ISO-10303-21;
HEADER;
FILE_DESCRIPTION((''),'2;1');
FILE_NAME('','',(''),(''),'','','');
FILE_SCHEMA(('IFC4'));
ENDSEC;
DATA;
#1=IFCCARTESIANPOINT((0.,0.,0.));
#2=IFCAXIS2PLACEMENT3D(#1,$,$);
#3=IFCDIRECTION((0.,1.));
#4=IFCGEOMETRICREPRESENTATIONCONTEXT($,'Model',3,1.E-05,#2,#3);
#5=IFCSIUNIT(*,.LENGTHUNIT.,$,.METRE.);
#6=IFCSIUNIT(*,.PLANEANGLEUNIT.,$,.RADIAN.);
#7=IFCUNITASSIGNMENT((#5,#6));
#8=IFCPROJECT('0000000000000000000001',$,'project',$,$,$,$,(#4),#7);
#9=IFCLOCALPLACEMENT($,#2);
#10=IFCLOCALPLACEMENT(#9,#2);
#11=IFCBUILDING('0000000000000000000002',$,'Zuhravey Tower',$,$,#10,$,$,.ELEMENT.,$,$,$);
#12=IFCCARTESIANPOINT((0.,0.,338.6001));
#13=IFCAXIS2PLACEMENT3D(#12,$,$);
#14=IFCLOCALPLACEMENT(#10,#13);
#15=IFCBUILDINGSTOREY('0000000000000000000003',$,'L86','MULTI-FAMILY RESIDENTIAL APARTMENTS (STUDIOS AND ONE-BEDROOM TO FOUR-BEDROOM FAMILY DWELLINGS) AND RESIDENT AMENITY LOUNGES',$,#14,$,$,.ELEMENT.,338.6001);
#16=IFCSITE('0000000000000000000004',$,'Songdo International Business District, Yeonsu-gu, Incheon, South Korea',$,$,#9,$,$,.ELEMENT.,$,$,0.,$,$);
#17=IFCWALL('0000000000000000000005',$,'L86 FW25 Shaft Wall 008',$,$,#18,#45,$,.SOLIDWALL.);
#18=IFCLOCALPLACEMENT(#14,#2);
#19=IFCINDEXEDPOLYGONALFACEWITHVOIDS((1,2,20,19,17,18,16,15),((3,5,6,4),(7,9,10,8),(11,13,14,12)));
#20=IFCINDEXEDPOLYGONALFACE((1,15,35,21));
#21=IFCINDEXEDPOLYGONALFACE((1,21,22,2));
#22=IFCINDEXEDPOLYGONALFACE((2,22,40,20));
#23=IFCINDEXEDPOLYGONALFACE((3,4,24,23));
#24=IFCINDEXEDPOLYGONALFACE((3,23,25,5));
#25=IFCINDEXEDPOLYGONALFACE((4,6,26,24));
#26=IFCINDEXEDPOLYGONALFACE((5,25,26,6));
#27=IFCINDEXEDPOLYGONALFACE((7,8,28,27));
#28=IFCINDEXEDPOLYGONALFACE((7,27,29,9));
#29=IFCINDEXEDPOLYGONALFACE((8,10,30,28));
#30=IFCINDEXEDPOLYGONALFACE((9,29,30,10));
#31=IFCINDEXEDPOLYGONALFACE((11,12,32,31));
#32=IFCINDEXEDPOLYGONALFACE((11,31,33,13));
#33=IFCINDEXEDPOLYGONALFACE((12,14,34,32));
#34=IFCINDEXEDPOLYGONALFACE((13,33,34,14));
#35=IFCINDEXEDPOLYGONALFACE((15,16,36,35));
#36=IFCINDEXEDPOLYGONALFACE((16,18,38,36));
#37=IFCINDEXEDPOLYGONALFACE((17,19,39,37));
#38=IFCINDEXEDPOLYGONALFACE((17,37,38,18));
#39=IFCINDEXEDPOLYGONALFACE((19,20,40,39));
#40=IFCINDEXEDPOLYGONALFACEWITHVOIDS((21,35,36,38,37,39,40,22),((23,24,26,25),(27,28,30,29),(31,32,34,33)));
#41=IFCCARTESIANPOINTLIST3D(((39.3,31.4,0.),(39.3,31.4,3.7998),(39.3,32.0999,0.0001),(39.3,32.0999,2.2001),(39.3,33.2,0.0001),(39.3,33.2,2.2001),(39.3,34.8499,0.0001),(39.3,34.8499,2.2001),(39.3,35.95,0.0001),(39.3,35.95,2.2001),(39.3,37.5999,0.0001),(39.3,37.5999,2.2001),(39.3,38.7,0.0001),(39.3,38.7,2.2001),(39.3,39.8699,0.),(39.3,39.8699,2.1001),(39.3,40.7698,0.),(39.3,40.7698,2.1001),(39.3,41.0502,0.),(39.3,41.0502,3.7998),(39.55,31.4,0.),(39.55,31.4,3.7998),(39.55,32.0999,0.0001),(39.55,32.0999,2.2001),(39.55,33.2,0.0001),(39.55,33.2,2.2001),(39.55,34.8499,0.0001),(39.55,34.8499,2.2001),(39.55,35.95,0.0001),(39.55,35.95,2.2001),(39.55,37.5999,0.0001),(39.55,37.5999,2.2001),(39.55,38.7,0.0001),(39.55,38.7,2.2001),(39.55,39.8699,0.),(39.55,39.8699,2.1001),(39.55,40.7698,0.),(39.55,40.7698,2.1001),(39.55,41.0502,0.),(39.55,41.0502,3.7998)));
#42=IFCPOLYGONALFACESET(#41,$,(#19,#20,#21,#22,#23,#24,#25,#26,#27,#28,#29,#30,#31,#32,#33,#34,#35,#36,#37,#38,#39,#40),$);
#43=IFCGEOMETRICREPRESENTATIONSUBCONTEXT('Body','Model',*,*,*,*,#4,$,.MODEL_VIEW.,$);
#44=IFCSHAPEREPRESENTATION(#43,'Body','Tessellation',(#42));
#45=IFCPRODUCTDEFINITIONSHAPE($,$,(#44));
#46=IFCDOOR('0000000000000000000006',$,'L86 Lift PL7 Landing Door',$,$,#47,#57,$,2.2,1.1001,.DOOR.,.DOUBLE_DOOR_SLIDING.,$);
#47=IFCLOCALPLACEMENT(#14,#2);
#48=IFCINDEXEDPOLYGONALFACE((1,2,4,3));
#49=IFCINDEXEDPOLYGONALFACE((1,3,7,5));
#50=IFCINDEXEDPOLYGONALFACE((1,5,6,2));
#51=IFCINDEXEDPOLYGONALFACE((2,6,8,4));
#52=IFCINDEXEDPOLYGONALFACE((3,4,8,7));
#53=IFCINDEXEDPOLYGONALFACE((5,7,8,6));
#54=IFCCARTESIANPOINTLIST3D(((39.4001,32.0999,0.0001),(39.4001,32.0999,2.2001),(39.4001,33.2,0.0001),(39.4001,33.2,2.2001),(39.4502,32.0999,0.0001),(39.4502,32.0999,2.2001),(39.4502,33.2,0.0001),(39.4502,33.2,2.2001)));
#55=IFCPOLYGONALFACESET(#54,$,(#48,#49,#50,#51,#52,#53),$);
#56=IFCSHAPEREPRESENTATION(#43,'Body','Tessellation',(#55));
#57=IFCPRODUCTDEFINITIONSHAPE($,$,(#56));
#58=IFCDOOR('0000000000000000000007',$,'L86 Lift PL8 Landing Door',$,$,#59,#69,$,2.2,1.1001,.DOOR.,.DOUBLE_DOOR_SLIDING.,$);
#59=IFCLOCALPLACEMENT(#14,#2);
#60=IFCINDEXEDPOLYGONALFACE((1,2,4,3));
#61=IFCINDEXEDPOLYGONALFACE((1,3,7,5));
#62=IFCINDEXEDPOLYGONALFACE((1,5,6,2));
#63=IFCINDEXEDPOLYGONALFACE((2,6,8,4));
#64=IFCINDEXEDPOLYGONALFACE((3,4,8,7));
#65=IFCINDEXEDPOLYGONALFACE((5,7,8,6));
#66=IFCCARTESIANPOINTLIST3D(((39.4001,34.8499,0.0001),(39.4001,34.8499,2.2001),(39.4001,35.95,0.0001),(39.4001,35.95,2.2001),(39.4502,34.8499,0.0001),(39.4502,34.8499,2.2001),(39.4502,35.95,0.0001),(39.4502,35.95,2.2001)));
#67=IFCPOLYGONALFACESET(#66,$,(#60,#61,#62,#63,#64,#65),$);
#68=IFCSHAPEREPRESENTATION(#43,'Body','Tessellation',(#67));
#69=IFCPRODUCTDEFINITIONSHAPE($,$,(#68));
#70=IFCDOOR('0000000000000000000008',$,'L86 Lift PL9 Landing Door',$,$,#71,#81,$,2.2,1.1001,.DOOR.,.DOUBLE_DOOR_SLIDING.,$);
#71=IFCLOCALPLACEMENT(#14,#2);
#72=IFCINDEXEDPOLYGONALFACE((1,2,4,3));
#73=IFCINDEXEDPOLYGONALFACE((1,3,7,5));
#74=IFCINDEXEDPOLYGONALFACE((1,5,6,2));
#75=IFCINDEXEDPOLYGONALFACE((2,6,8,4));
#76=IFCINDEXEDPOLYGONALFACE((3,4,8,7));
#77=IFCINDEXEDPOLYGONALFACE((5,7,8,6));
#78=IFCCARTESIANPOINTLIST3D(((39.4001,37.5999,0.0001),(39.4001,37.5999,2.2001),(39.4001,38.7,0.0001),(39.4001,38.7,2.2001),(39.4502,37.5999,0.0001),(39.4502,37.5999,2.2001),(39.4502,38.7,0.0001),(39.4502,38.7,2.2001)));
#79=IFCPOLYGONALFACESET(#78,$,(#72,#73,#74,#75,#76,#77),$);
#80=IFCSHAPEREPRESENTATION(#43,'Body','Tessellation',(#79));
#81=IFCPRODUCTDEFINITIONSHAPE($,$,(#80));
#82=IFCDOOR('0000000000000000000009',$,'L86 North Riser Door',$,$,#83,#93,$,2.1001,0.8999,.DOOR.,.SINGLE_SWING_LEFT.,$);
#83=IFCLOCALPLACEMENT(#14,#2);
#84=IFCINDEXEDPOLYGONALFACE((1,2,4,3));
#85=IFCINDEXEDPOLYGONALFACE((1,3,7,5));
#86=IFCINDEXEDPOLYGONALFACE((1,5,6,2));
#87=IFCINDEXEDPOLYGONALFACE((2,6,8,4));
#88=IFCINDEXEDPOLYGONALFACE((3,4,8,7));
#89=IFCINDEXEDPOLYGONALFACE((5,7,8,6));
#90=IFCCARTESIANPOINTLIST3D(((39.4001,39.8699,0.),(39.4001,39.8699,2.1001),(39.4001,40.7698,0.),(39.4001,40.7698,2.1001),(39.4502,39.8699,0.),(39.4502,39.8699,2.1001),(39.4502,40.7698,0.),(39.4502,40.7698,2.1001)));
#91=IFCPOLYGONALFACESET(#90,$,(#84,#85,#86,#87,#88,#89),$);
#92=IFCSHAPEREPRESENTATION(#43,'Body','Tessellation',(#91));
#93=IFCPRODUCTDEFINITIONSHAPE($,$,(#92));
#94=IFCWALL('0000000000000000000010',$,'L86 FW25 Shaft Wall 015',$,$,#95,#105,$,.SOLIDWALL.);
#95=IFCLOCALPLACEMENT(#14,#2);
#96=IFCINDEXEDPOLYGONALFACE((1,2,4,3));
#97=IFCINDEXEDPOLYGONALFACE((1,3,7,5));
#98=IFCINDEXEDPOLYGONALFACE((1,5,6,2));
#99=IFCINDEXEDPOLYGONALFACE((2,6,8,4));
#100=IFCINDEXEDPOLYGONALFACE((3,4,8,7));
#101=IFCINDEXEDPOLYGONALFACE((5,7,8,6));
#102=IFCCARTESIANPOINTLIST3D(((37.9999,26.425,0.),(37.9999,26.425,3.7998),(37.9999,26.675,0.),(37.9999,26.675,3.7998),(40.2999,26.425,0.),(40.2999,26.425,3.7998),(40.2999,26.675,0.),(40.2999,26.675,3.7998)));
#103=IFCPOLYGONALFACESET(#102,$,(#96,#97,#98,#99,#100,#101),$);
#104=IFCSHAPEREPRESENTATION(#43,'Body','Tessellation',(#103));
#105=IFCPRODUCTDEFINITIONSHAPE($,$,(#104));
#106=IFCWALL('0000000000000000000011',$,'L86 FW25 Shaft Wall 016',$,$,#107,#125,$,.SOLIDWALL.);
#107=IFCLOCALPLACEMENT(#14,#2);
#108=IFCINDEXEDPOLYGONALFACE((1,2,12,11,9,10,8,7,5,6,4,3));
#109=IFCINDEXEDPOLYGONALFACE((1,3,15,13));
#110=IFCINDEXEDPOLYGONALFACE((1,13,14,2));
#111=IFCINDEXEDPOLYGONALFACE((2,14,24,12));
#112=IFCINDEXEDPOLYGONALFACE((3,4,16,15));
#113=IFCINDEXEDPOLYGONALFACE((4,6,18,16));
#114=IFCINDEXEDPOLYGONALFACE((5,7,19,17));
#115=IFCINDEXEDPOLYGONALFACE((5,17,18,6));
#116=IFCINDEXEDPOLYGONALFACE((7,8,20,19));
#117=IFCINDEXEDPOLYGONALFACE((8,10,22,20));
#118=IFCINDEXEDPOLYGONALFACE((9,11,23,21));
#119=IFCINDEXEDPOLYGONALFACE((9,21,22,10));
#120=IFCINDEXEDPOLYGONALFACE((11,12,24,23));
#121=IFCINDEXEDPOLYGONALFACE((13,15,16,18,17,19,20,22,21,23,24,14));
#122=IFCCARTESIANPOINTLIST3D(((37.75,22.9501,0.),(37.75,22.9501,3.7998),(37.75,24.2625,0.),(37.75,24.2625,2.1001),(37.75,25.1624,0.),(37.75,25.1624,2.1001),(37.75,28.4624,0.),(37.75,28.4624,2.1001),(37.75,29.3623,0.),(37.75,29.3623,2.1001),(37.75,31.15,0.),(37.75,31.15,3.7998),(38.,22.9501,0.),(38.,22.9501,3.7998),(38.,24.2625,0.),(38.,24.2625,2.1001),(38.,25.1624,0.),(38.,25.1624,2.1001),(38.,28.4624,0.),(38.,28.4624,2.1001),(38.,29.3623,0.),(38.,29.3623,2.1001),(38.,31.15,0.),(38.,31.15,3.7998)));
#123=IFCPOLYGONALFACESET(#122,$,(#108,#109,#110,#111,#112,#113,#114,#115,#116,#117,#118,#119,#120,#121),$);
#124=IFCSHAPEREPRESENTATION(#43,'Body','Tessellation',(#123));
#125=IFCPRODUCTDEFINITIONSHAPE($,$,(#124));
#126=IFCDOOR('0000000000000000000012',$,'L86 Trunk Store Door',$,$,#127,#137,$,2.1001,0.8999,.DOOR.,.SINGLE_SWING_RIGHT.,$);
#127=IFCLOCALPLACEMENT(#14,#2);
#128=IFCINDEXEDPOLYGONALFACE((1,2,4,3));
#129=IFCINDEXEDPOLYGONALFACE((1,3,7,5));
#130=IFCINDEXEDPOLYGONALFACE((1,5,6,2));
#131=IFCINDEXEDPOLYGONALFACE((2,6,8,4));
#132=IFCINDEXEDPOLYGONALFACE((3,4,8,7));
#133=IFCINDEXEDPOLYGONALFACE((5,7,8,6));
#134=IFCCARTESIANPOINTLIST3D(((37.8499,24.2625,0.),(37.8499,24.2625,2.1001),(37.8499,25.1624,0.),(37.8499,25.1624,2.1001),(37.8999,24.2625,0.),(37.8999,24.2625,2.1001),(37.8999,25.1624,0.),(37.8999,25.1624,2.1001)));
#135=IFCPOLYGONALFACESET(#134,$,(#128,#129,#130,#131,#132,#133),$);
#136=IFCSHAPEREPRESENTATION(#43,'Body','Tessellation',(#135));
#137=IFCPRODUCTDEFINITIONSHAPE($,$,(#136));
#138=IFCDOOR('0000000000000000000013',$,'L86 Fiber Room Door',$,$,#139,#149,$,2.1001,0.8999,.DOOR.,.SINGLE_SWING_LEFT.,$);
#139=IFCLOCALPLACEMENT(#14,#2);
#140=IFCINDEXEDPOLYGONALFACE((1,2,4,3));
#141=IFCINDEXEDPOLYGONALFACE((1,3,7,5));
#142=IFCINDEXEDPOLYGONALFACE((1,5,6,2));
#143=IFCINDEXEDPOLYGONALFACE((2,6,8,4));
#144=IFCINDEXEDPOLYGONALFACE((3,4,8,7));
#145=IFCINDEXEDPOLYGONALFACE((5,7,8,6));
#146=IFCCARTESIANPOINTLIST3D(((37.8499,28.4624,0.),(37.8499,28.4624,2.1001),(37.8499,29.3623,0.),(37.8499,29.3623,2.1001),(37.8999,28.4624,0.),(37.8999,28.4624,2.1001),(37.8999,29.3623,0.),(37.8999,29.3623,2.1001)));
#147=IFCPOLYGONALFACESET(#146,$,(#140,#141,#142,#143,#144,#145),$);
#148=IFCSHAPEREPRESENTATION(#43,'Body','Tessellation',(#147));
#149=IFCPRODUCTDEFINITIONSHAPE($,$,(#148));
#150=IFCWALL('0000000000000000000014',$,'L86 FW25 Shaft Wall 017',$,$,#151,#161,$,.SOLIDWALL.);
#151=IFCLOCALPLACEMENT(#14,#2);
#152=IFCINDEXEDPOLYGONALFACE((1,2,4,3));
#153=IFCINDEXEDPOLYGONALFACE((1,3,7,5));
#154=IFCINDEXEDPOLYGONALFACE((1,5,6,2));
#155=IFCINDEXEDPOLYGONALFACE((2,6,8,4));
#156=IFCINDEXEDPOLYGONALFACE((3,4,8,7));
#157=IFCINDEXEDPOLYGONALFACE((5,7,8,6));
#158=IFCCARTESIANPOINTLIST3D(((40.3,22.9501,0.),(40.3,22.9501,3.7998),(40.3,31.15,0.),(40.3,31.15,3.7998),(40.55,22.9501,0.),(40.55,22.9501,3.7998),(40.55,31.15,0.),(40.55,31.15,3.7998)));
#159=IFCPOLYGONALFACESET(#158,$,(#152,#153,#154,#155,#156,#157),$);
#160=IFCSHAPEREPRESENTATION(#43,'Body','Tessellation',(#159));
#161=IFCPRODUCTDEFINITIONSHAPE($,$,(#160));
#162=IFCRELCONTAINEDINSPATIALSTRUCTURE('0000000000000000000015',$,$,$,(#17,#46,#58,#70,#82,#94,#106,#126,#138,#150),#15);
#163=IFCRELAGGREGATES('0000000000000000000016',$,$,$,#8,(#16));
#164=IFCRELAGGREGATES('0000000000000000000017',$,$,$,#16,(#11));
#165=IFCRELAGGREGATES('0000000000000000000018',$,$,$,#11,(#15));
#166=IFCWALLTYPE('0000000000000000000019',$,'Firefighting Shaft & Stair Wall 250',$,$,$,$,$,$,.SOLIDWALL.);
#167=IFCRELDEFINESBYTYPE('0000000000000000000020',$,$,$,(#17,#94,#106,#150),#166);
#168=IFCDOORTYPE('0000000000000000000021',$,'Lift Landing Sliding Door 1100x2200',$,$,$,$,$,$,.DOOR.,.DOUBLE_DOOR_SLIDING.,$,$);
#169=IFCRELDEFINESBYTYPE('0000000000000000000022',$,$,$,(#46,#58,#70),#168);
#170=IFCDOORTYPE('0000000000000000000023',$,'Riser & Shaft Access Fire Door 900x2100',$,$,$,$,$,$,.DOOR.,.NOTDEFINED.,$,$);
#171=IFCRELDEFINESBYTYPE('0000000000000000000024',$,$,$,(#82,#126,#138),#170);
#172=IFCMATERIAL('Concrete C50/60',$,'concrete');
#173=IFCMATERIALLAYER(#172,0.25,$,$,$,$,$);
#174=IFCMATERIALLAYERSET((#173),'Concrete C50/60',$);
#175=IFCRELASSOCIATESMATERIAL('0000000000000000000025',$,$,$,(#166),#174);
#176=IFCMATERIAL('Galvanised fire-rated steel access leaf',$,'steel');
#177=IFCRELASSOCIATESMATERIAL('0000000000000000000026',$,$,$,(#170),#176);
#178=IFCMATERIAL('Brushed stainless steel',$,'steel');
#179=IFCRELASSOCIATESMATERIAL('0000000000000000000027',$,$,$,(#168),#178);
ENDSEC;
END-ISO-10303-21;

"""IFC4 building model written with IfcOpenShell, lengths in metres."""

from ifc_helpers import new_model, si_unit, direction, frame, frame_2d, origin, place, context, subcontext, project, spatial, rectangle, extrude, material, layer, layer_set, type_object, element, fill, save


model = new_model("IFC4")

# Units and contexts
model_context = context("Model", 3, precision=1e-05, world=origin(), true_north=direction((0.0, 1.0)))
body_context = subcontext(model_context, "Body", "Model", "MODEL_VIEW")
ifc_project = project(units=[si_unit("LENGTHUNIT", "METRE"), si_unit("PLANEANGLEUNIT", "RADIAN")], contexts=[model_context])

# Site, building, storey
site_placement = place(None, origin())
site = spatial("IfcSite", under=ifc_project, at=site_placement, Name="Songdo International Business District, Yeonsu-gu, Incheon, South Korea", CompositionType="ELEMENT", RefElevation=0.0)
building_placement = place(site_placement, origin())
building = spatial("IfcBuilding", under=site, at=building_placement, Name="Zuhravey Tower", CompositionType="ELEMENT")
storey_placement = place(building_placement, frame((0.0, 0.0, 338.6001)))
storey = spatial("IfcBuildingStorey", under=building, at=storey_placement, Name="L86", Description="MULTI-FAMILY RESIDENTIAL APARTMENTS (STUDIOS AND ONE-BEDROOM TO FOUR-BEDROOM FAMILY DWELLINGS) AND RESIDENT AMENITY LOUNGES", CompositionType="ELEMENT", Elevation=338.6001)

# Shared definitions
ifc_material_1 = material(Name="Concrete C50/60", Category="concrete")

# Shared definitions
ifc_layer_1 = layer(ifc_material_1, 0.25)
ifc_layer_set_1 = layer_set([ifc_layer_1], Name="Concrete C50/60")
wall_type_1 = type_object("IfcWallType", Name="Firefighting Shaft & Stair Wall 250", PredefinedType="SOLIDWALL", material=ifc_layer_set_1)

# Wall, openings, doors
ifc_material_2 = material(Name="Galvanised fire-rated steel access leaf", Category="steel")
door_type_1 = type_object("IfcDoorType", Name="Riser & Shaft Access Fire Door 900x2100", OperationType="NOTDEFINED", PredefinedType="DOOR", material=ifc_material_2)
wall_1_placement = place(storey_placement, frame((39.425, 31.3999, 0.0), z_axis=(0.0, 0.0, 1.0), x_axis=(0.0, 1.0, 0.0)))
wall_1 = element("IfcWall", 1, at=wall_1_placement, inside=storey, type_object=wall_type_1, Name="L86 FW25 Shaft Wall 008", PredefinedType="SOLIDWALL", context=body_context, shape_type="SweptSolid", body=[
    extrude(rectangle(XDim=9.6501, YDim=0.25, at=frame_2d((4.8252, 0.0))), origin(), (0.0, 0.0, 1.0), 3.7998),
])
opening_1_placement = place(wall_1_placement, frame((0.7, 0.0, 0.0)))
opening_1 = element("IfcOpeningElement", 2, at=opening_1_placement, cuts=wall_1, PredefinedType="OPENING", context=body_context, shape_type="SweptSolid", body=[
    extrude(rectangle(XDim=1.1001, YDim=2.2, at=frame_2d((0.55, 1.1001))), frame((0.0, 0.137, 0.0), z_axis=(0.0, -1.0, 0.0), x_axis=(1.0, 0.0, 0.0)), (0.0, 0.0, 1.0), 0.2739),
])
opening_2_placement = place(wall_1_placement, frame((3.45, 0.0, 0.0)))
opening_2 = element("IfcOpeningElement", 3, at=opening_2_placement, cuts=wall_1, PredefinedType="OPENING", context=body_context, shape_type="SweptSolid", body=[
    extrude(rectangle(XDim=1.1001, YDim=2.2, at=frame_2d((0.55, 1.1001))), frame((0.0, 0.137, 0.0), z_axis=(0.0, -1.0, 0.0), x_axis=(1.0, 0.0, 0.0)), (0.0, 0.0, 1.0), 0.2739),
])
opening_3_placement = place(wall_1_placement, frame((6.2, 0.0, 0.0)))
opening_3 = element("IfcOpeningElement", 4, at=opening_3_placement, cuts=wall_1, PredefinedType="OPENING", context=body_context, shape_type="SweptSolid", body=[
    extrude(rectangle(XDim=1.1001, YDim=2.2, at=frame_2d((0.55, 1.1001))), frame((0.0, 0.137, 0.0), z_axis=(0.0, -1.0, 0.0), x_axis=(1.0, 0.0, 0.0)), (0.0, 0.0, 1.0), 0.2739),
])
opening_4_placement = place(wall_1_placement, frame((8.47, 0.0, 0.0)))
opening_4 = element("IfcOpeningElement", 5, at=opening_4_placement, cuts=wall_1, PredefinedType="OPENING", context=body_context, shape_type="SweptSolid", body=[
    extrude(rectangle(XDim=0.8999, YDim=2.1001, at=frame_2d((0.45, 1.05))), frame((0.0, 0.137, 0.0), z_axis=(0.0, -1.0, 0.0), x_axis=(1.0, 0.0, 0.0)), (0.0, 0.0, 1.0), 0.2739),
])
ifc_material_3 = material(Name="Brushed stainless steel", Category="steel")
door_type_2 = type_object("IfcDoorType", Name="Lift Landing Sliding Door 1100x2200", OperationType="DOUBLE_DOOR_SLIDING", PredefinedType="DOOR", material=ifc_material_3)
door_1_placement = place(opening_1_placement, origin())
door_1 = element("IfcDoor", 6, at=door_1_placement, inside=storey, type_object=door_type_2, Name="L86 Lift PL7 Landing Door", OperationType="DOUBLE_DOOR_SLIDING", OverallHeight=2.2, OverallWidth=1.1001, PredefinedType="DOOR", context=body_context, shape_type="SweptSolid", body=[
    extrude(rectangle(XDim=1.1001, YDim=2.2, at=frame_2d((0.55, 1.1001))), frame((0.0, 0.0249, 0.0), z_axis=(0.0, -1.0, 0.0), x_axis=(1.0, 0.0, 0.0)), (0.0, 0.0, 1.0), 0.05),
])
fill(opening_1, door_1)
door_2_placement = place(opening_2_placement, origin())
door_2 = element("IfcDoor", 7, at=door_2_placement, inside=storey, type_object=door_type_2, Name="L86 Lift PL8 Landing Door", OperationType="DOUBLE_DOOR_SLIDING", OverallHeight=2.2, OverallWidth=1.1001, PredefinedType="DOOR", context=body_context, shape_type="SweptSolid", body=[
    extrude(rectangle(XDim=1.1001, YDim=2.2, at=frame_2d((0.55, 1.1001))), frame((0.0, 0.0249, 0.0), z_axis=(0.0, -1.0, 0.0), x_axis=(1.0, 0.0, 0.0)), (0.0, 0.0, 1.0), 0.05),
])
fill(opening_2, door_2)
door_3_placement = place(opening_3_placement, origin())
door_3 = element("IfcDoor", 8, at=door_3_placement, inside=storey, type_object=door_type_2, Name="L86 Lift PL9 Landing Door", OperationType="DOUBLE_DOOR_SLIDING", OverallHeight=2.2, OverallWidth=1.1001, PredefinedType="DOOR", context=body_context, shape_type="SweptSolid", body=[
    extrude(rectangle(XDim=1.1001, YDim=2.2, at=frame_2d((0.55, 1.1001))), frame((0.0, 0.0249, 0.0), z_axis=(0.0, -1.0, 0.0), x_axis=(1.0, 0.0, 0.0)), (0.0, 0.0, 1.0), 0.05),
])
fill(opening_3, door_3)
door_4_placement = place(opening_4_placement, origin())
door_4 = element("IfcDoor", 9, at=door_4_placement, inside=storey, type_object=door_type_1, Name="L86 North Riser Door", OperationType="SINGLE_SWING_LEFT", OverallHeight=2.1001, OverallWidth=0.8999, PredefinedType="DOOR", context=body_context, shape_type="SweptSolid", body=[
    extrude(rectangle(XDim=0.8999, YDim=2.1001, at=frame_2d((0.45, 1.05))), frame((0.0, 0.0249, 0.0), z_axis=(0.0, -1.0, 0.0), x_axis=(1.0, 0.0, 0.0)), (0.0, 0.0, 1.0), 0.05),
])
fill(opening_4, door_4)

# Wall
wall_2_placement = place(storey_placement, frame((38.0, 26.55, 0.0), z_axis=(0.0, 0.0, 1.0), x_axis=(1.0, 0.0, 0.0)))
element("IfcWall", 10, at=wall_2_placement, inside=storey, type_object=wall_type_1, Name="L86 FW25 Shaft Wall 015", PredefinedType="SOLIDWALL", context=body_context, shape_type="SweptSolid", body=[
    extrude(rectangle(XDim=2.3, YDim=0.25, at=frame_2d((1.1499, 0.0))), origin(), (0.0, 0.0, 1.0), 3.7998),
])

# Wall, openings, doors
wall_3_placement = place(storey_placement, frame((37.875, 22.95, 0.0), z_axis=(0.0, 0.0, 1.0), x_axis=(0.0, 1.0, 0.0)))
wall_3 = element("IfcWall", 11, at=wall_3_placement, inside=storey, type_object=wall_type_1, Name="L86 FW25 Shaft Wall 016", PredefinedType="SOLIDWALL", context=body_context, shape_type="SweptSolid", body=[
    extrude(rectangle(XDim=8.2, YDim=0.25, at=frame_2d((4.1001, 0.0))), origin(), (0.0, 0.0, 1.0), 3.7998),
])
opening_5_placement = place(wall_3_placement, frame((1.3125, 0.0, 0.0)))
opening_5 = element("IfcOpeningElement", 12, at=opening_5_placement, cuts=wall_3, PredefinedType="OPENING", context=body_context, shape_type="SweptSolid", body=[
    extrude(rectangle(XDim=0.8999, YDim=2.1001, at=frame_2d((0.45, 1.05))), frame((0.0, 0.137, 0.0), z_axis=(0.0, -1.0, 0.0), x_axis=(1.0, 0.0, 0.0)), (0.0, 0.0, 1.0), 0.2739),
])
opening_6_placement = place(wall_3_placement, frame((5.5125, 0.0, 0.0)))
opening_6 = element("IfcOpeningElement", 13, at=opening_6_placement, cuts=wall_3, PredefinedType="OPENING", context=body_context, shape_type="SweptSolid", body=[
    extrude(rectangle(XDim=0.8999, YDim=2.1001, at=frame_2d((0.45, 1.05))), frame((0.0, 0.137, 0.0), z_axis=(0.0, -1.0, 0.0), x_axis=(1.0, 0.0, 0.0)), (0.0, 0.0, 1.0), 0.2739),
])
door_5_placement = place(opening_5_placement, frame((0.8999, 0.0, 0.0), z_axis=(0.0, 0.0, 1.0), x_axis=(-1.0, 0.0, 0.0)))
door_5 = element("IfcDoor", 14, at=door_5_placement, inside=storey, type_object=door_type_1, Name="L86 Trunk Store Door", OperationType="SINGLE_SWING_RIGHT", OverallHeight=2.1001, OverallWidth=0.8999, PredefinedType="DOOR", context=body_context, shape_type="SweptSolid", body=[
    extrude(rectangle(XDim=0.8999, YDim=2.1001, at=frame_2d((0.45, 1.05))), frame((0.0, 0.0249, 0.0), z_axis=(0.0, -1.0, 0.0), x_axis=(1.0, 0.0, 0.0)), (0.0, 0.0, 1.0), 0.05),
])
fill(opening_5, door_5)
door_6_placement = place(opening_6_placement, frame((0.8999, 0.0, 0.0), z_axis=(0.0, 0.0, 1.0), x_axis=(-1.0, 0.0, 0.0)))
door_6 = element("IfcDoor", 15, at=door_6_placement, inside=storey, type_object=door_type_1, Name="L86 Fiber Room Door", OperationType="SINGLE_SWING_LEFT", OverallHeight=2.1001, OverallWidth=0.8999, PredefinedType="DOOR", context=body_context, shape_type="SweptSolid", body=[
    extrude(rectangle(XDim=0.8999, YDim=2.1001, at=frame_2d((0.45, 1.05))), frame((0.0, 0.0249, 0.0), z_axis=(0.0, -1.0, 0.0), x_axis=(1.0, 0.0, 0.0)), (0.0, 0.0, 1.0), 0.05),
])
fill(opening_6, door_6)

# Wall
wall_4_placement = place(storey_placement, frame((40.425, 22.95, 0.0), z_axis=(0.0, 0.0, 1.0), x_axis=(0.0, 1.0, 0.0)))
element("IfcWall", 16, at=wall_4_placement, inside=storey, type_object=wall_type_1, Name="L86 FW25 Shaft Wall 017", PredefinedType="SOLIDWALL", context=body_context, shape_type="SweptSolid", body=[
    extrude(rectangle(XDim=8.2, YDim=0.25, at=frame_2d((4.1001, 0.0))), origin(), (0.0, 0.0, 1.0), 3.7998),
])

save(model, "model.ifc")
